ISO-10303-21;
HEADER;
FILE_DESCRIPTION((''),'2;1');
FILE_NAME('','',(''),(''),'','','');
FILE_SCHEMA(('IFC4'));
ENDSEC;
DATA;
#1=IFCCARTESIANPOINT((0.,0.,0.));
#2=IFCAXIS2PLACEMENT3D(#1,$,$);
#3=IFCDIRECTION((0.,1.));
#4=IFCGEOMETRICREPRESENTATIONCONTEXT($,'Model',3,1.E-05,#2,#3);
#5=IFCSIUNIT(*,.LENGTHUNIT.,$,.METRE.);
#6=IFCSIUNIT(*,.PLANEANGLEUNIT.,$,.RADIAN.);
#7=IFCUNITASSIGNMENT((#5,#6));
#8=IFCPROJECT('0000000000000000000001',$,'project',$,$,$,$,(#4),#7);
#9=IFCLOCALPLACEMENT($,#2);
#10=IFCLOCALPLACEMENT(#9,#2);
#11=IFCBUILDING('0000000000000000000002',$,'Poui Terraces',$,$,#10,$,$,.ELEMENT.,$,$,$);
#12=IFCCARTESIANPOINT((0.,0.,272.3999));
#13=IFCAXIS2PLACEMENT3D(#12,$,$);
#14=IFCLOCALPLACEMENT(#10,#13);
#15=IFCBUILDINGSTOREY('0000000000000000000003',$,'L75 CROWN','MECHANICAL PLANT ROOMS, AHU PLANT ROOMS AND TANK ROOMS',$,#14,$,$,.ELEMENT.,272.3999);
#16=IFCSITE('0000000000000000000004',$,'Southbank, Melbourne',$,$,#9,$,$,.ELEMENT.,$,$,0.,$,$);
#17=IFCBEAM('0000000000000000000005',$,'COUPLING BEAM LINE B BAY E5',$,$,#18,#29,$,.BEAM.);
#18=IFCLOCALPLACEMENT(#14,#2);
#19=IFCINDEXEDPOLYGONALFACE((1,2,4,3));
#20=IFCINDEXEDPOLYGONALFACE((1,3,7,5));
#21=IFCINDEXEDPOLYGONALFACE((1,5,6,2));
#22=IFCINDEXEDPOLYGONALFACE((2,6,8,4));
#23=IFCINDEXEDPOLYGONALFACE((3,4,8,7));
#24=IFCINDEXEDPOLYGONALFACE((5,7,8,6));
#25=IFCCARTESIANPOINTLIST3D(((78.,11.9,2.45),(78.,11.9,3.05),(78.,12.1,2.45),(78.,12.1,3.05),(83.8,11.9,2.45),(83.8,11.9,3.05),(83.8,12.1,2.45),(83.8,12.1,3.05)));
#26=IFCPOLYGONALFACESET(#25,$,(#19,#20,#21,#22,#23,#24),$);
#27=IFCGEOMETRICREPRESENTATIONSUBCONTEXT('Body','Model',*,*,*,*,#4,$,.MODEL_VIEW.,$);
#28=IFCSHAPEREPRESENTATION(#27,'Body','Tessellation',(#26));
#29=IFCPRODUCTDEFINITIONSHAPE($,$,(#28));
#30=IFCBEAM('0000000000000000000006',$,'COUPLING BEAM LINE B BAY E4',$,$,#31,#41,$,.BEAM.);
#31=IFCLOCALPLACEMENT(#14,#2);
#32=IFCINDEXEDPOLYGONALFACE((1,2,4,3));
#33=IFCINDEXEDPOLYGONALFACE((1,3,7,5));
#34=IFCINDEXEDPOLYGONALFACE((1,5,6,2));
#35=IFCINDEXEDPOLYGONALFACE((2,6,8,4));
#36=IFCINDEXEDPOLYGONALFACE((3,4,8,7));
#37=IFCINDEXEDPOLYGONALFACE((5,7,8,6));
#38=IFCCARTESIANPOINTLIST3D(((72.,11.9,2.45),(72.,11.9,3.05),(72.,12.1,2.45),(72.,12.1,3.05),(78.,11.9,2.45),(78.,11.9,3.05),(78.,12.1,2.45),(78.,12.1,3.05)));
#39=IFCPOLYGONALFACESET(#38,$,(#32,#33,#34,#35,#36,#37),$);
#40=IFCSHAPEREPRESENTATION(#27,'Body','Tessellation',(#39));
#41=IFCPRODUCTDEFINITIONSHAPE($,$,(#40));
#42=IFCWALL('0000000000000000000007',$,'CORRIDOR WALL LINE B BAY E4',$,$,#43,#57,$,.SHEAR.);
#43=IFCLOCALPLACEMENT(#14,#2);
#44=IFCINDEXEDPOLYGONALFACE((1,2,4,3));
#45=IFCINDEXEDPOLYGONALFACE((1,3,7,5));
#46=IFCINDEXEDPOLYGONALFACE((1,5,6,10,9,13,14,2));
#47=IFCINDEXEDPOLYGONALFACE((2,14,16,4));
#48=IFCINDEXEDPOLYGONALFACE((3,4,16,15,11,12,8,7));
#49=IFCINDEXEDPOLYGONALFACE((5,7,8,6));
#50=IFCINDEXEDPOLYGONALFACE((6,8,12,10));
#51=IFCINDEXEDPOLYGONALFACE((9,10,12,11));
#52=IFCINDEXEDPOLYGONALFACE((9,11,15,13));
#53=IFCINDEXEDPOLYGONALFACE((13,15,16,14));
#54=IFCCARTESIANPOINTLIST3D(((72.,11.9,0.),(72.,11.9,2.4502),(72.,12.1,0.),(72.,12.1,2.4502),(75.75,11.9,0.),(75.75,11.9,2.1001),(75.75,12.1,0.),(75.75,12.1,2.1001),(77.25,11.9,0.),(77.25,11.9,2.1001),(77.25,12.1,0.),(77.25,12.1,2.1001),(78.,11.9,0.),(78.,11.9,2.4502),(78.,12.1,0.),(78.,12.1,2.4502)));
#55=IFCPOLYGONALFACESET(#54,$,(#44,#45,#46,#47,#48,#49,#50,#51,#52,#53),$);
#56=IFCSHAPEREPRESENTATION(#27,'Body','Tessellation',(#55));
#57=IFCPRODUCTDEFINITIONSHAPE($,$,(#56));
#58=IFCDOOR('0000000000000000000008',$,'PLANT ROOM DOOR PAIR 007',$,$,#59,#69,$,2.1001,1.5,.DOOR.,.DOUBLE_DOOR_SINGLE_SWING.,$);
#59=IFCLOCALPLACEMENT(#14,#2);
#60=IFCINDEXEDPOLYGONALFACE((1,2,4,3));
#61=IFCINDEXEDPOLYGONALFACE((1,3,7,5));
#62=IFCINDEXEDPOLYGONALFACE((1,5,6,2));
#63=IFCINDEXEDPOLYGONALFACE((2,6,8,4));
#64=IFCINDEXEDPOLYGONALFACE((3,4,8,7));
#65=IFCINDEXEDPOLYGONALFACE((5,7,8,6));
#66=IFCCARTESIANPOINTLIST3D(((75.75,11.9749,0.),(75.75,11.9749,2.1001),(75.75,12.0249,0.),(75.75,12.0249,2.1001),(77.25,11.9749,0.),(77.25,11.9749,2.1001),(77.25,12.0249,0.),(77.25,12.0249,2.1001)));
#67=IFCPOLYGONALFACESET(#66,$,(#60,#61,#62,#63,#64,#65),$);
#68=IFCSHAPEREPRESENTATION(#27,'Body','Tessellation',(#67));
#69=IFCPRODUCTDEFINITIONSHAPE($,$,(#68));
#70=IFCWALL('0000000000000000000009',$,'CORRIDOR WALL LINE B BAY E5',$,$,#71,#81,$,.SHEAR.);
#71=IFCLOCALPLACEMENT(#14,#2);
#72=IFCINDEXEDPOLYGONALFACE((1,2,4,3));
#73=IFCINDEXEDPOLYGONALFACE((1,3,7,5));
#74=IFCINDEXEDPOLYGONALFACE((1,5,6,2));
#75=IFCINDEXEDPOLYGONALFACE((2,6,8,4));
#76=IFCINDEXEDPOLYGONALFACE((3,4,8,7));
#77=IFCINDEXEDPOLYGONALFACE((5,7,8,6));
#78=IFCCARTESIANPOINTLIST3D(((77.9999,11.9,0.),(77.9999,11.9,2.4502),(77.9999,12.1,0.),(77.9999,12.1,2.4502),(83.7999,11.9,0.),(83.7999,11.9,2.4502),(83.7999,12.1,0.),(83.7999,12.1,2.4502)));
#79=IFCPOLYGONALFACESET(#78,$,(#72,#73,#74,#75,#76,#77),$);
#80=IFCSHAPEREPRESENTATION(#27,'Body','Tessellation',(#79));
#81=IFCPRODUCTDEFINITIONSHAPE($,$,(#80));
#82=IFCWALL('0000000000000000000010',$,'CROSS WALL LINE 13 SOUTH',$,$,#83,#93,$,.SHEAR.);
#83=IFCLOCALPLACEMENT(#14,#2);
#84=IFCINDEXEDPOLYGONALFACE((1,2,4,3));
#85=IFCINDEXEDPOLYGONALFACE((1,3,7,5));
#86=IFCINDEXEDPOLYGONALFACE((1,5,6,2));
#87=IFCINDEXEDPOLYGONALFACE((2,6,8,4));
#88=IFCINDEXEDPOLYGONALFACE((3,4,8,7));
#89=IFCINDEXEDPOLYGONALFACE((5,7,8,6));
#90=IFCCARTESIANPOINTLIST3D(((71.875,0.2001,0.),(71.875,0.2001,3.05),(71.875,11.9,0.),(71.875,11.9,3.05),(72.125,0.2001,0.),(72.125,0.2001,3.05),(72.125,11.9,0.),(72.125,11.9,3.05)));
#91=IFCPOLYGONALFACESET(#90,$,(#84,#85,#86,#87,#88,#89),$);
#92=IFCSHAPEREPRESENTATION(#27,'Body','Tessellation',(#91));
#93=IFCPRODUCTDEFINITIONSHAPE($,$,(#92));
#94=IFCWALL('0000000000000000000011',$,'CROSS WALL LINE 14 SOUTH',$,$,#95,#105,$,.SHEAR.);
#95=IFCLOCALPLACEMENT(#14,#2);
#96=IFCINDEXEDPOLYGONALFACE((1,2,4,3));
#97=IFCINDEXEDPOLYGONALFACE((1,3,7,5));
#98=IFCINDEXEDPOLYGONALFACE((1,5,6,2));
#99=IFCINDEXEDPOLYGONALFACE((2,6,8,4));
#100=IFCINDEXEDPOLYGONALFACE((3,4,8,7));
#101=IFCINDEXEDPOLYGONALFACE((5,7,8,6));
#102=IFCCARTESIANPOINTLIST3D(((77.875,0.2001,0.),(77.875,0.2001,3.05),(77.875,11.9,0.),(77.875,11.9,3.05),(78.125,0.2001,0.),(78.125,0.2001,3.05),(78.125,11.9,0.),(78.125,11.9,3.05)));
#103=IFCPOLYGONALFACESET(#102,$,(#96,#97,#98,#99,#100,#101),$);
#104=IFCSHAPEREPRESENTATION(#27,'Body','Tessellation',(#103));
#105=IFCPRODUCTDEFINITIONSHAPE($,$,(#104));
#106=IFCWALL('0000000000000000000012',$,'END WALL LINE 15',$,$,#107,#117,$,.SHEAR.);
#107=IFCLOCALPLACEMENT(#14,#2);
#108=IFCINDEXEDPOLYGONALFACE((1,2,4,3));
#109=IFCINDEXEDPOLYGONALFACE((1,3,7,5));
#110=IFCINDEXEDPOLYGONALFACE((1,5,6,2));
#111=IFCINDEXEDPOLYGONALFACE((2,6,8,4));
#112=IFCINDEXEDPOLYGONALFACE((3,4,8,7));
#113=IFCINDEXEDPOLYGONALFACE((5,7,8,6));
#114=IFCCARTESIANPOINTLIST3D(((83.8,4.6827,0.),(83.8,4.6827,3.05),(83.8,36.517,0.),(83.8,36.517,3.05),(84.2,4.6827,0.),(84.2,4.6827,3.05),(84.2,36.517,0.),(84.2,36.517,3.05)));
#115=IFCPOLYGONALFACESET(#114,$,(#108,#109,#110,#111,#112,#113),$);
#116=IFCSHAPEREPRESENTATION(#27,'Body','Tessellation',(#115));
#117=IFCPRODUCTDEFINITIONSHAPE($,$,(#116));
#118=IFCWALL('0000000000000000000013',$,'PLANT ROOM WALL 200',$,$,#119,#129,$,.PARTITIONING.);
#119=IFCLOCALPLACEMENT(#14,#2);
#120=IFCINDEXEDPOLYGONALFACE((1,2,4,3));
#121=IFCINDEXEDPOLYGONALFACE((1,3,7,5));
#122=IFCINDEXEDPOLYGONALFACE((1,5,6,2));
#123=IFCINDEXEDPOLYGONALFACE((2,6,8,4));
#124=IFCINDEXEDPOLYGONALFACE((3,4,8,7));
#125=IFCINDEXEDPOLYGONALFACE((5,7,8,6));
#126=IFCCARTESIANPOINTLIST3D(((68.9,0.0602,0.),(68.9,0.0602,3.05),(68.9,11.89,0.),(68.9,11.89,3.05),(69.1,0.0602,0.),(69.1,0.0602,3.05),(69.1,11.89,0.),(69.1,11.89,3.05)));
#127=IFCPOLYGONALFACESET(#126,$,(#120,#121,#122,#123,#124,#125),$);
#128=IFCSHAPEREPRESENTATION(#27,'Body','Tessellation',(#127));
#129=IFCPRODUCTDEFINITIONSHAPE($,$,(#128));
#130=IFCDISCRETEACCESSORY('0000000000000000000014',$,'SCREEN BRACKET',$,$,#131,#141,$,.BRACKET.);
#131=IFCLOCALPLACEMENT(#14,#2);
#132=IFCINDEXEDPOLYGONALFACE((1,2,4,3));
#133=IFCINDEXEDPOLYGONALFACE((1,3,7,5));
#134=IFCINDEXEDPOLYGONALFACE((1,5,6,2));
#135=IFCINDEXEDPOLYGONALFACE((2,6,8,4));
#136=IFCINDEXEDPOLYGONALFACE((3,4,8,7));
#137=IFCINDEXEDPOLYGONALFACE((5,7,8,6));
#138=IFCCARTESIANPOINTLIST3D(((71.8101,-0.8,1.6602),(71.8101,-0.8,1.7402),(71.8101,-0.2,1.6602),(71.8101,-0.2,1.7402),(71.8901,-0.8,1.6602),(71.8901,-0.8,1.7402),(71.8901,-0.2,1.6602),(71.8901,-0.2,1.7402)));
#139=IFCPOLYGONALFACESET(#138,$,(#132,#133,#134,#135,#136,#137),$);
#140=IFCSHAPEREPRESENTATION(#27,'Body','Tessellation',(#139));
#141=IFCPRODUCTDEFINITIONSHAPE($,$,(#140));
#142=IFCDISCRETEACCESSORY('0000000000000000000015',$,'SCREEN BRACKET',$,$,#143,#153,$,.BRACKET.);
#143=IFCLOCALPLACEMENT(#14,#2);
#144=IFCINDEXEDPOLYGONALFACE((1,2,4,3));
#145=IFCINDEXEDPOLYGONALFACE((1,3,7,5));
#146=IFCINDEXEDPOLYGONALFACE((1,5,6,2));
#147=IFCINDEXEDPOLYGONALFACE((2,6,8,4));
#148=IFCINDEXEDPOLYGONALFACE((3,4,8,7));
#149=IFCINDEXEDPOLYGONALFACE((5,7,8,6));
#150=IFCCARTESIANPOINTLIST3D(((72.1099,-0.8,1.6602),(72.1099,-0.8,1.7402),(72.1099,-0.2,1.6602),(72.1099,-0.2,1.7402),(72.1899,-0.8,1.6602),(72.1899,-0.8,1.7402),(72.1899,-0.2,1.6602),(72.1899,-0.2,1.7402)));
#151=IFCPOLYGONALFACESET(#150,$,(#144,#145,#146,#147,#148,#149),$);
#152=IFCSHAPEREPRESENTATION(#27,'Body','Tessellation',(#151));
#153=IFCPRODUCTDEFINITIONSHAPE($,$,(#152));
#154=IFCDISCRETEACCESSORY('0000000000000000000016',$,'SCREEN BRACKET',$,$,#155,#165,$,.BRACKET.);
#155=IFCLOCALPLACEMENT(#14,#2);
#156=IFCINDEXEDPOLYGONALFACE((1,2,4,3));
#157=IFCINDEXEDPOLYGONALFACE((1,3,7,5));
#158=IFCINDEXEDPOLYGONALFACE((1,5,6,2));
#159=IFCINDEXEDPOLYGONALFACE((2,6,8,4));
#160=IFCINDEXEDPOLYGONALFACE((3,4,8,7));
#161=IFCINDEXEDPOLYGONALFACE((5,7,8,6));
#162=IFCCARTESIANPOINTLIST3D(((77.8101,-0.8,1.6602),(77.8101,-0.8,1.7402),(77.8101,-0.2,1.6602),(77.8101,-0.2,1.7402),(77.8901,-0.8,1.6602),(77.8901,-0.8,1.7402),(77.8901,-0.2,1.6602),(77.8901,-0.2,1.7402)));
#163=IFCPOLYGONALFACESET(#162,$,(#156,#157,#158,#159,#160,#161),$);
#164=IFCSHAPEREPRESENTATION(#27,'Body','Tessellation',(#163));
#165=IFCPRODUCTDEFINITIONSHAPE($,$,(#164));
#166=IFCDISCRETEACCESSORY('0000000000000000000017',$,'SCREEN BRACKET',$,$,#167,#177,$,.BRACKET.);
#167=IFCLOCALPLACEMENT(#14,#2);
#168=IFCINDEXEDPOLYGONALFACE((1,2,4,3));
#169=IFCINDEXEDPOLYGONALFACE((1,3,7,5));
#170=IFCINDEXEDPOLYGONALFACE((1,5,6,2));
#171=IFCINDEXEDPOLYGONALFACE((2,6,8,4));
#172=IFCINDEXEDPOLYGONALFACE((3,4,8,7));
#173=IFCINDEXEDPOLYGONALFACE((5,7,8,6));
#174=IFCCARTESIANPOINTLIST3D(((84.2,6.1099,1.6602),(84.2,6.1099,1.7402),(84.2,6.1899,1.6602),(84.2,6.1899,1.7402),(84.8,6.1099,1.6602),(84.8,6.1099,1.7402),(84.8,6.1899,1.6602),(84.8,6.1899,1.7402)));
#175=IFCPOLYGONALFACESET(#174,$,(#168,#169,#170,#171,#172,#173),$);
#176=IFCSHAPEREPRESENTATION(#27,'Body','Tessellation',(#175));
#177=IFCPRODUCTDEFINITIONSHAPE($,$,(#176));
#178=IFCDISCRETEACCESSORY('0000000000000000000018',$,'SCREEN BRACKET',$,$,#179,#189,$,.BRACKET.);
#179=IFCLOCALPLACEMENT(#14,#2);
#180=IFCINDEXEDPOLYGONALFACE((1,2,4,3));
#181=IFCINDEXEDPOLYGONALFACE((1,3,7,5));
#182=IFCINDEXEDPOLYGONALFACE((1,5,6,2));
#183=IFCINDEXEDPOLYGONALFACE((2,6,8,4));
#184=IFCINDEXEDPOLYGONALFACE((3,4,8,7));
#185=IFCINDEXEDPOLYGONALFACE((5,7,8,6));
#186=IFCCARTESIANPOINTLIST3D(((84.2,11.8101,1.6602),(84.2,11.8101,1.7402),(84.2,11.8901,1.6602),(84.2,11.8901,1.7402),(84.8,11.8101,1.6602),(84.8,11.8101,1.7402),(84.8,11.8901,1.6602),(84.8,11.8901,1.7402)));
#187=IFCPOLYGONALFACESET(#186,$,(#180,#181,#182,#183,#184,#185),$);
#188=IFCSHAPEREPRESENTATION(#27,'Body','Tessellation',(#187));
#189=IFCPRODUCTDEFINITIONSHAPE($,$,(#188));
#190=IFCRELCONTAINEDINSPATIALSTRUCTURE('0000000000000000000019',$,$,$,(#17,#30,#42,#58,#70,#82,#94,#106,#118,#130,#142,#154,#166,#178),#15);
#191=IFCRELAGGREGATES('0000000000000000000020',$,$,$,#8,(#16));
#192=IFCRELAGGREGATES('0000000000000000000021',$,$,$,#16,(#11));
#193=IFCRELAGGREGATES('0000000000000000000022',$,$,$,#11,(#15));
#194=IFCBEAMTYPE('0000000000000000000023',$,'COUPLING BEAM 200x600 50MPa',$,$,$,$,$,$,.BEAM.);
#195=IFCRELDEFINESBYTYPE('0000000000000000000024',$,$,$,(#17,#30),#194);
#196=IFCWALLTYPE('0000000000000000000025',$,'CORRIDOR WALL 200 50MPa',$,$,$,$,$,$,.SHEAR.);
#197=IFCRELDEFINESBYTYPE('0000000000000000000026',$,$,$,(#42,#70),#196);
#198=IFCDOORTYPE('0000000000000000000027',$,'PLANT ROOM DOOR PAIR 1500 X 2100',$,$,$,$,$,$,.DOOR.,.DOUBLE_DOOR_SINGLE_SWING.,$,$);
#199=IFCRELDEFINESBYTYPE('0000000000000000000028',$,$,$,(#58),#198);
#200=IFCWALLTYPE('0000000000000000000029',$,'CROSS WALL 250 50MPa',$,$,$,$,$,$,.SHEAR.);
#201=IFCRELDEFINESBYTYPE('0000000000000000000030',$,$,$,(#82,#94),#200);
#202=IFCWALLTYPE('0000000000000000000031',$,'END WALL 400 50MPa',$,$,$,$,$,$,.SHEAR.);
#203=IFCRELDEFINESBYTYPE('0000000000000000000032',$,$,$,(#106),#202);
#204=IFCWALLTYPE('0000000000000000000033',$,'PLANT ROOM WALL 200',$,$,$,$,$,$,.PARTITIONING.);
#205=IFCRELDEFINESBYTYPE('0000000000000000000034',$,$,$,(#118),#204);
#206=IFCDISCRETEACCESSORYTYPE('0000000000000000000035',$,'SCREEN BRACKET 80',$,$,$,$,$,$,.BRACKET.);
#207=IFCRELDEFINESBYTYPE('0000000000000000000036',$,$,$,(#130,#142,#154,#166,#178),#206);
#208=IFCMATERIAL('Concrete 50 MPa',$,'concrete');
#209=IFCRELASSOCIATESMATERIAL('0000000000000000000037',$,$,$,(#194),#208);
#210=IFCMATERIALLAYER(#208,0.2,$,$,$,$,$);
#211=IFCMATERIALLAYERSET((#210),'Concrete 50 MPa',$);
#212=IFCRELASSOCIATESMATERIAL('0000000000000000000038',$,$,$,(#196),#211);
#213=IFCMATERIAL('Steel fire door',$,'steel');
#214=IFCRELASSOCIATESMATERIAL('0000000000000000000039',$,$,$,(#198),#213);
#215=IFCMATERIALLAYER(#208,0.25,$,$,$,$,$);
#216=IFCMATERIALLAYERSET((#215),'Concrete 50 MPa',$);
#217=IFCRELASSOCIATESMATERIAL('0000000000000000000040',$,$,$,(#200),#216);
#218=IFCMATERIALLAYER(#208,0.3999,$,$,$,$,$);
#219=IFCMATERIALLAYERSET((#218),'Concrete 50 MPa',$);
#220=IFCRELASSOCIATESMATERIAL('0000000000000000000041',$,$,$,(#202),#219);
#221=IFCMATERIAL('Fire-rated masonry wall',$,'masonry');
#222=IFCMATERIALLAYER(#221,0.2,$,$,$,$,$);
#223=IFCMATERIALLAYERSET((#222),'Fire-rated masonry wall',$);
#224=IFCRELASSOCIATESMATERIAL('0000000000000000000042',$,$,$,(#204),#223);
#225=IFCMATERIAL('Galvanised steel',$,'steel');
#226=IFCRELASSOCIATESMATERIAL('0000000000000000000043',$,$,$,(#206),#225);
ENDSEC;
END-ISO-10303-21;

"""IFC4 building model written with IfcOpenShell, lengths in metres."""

from ifc_helpers import new_model, si_unit, direction, frame, frame_2d, origin, origin_2d, place, context, subcontext, project, spatial, rectangle, extrude, source, transform, mapped, material, layer, layer_set, material_profile, profile_set, type_object, element, fill, save


model = new_model("IFC4")

# Units and contexts
model_context = context("Model", 3, precision=1e-05, world=origin(), true_north=direction((0.0, 1.0)))
body_context = subcontext(model_context, "Body", "Model", "MODEL_VIEW")
ifc_project = project(units=[si_unit("LENGTHUNIT", "METRE"), si_unit("PLANEANGLEUNIT", "RADIAN")], contexts=[model_context])

# Site, building, storey
site_placement = place(None, origin())
site = spatial("IfcSite", under=ifc_project, at=site_placement, Name="Southbank, Melbourne", CompositionType="ELEMENT", RefElevation=0.0)
building_placement = place(site_placement, origin())
building = spatial("IfcBuilding", under=site, at=building_placement, Name="Poui Terraces", CompositionType="ELEMENT")
storey_placement = place(building_placement, frame((0.0, 0.0, 272.3999)))
storey = spatial("IfcBuildingStorey", under=building, at=storey_placement, Name="L75 CROWN", Description="MECHANICAL PLANT ROOMS, AHU PLANT ROOMS AND TANK ROOMS", CompositionType="ELEMENT", Elevation=272.3999)

# Beams
ifc_material_1 = material(Name="Concrete 50 MPa", Category="concrete")
ifc_material_profile_1 = material_profile(ifc_material_1, rectangle(XDim=0.2, YDim=0.6001, at=origin_2d()), Name="RC 200x600")
ifc_profile_set_1 = profile_set([ifc_material_profile_1], Name="Concrete 50 MPa")
beam_type = type_object("IfcBeamType", Name="COUPLING BEAM 200x600 50MPa", PredefinedType="BEAM", material=ifc_profile_set_1)
shared_shape_1 = source(origin(), body_context, "Body", "SweptSolid", [
    extrude(rectangle(XDim=0.2, YDim=0.6001, at=origin_2d()), origin(), (0.0, 0.0, 1.0), 5.8),
])
beam_1_placement = place(storey_placement, frame((78.0, 12.0, 2.75), z_axis=(1.0, 0.0, 0.0), x_axis=(0.0, 1.0, 0.0)))
element("IfcBeam", 1, at=beam_1_placement, inside=storey, type_object=beam_type, Name="COUPLING BEAM LINE B BAY E5", PredefinedType="BEAM", context=body_context, shape_type="MappedRepresentation", body=[
    mapped(shared_shape_1, transform((0.0, 0.0, 0.0))),
])
shared_shape_2 = source(origin(), body_context, "Body", "SweptSolid", [
    extrude(rectangle(XDim=0.2, YDim=0.6001, at=origin_2d()), origin(), (0.0, 0.0, 1.0), 6.0),
])
beam_2_placement = place(storey_placement, frame((72.0, 12.0, 2.75), z_axis=(1.0, 0.0, 0.0), x_axis=(0.0, 1.0, 0.0)))
element("IfcBeam", 2, at=beam_2_placement, inside=storey, type_object=beam_type, Name="COUPLING BEAM LINE B BAY E4", PredefinedType="BEAM", context=body_context, shape_type="MappedRepresentation", body=[
    mapped(shared_shape_2, transform((0.0, 0.0, 0.0))),
])

# Wall, opening, door
ifc_layer_1 = layer(ifc_material_1, 0.2)
ifc_layer_set_1 = layer_set([ifc_layer_1], Name="Concrete 50 MPa")
wall_type_1 = type_object("IfcWallType", Name="CORRIDOR WALL 200 50MPa", PredefinedType="SHEAR", material=ifc_layer_set_1)
wall_1_placement = place(storey_placement, frame((72.0, 12.0, 0.0), z_axis=(0.0, 0.0, 1.0), x_axis=(1.0, 0.0, 0.0)))
wall_1 = element("IfcWall", 3, at=wall_1_placement, inside=storey, type_object=wall_type_1, Name="CORRIDOR WALL LINE B BAY E4", PredefinedType="SHEAR", context=body_context, shape_type="SweptSolid", body=[
    extrude(rectangle(XDim=6.0, YDim=0.2, at=frame_2d((3.0, 0.0))), origin(), (0.0, 0.0, 1.0), 2.4502),
])
opening_placement = place(wall_1_placement, frame((3.75, 0.0, 0.0)))
opening = element("IfcOpeningElement", 4, at=opening_placement, cuts=wall_1, PredefinedType="OPENING", context=body_context, shape_type="SweptSolid", body=[
    extrude(rectangle(XDim=1.5, YDim=2.1001, at=frame_2d((0.75, 1.05))), frame((0.0, 0.1099, 0.0), z_axis=(0.0, -1.0, 0.0), x_axis=(1.0, 0.0, 0.0)), (0.0, 0.0, 1.0), 0.22),
])
ifc_material_2 = material(Name="Steel fire door", Category="steel")
door_type = type_object("IfcDoorType", Name="PLANT ROOM DOOR PAIR 1500 X 2100", OperationType="DOUBLE_DOOR_SINGLE_SWING", PredefinedType="DOOR", material=ifc_material_2)
door_placement = place(opening_placement, origin())
door = element("IfcDoor", 5, at=door_placement, inside=storey, type_object=door_type, Name="PLANT ROOM DOOR PAIR 007", OperationType="DOUBLE_DOOR_SINGLE_SWING", OverallHeight=2.1001, OverallWidth=1.5, PredefinedType="DOOR", context=body_context, shape_type="SweptSolid", body=[
    extrude(rectangle(XDim=1.5, YDim=2.1001, at=frame_2d((0.75, 1.05))), frame((0.0, 0.0249, 0.0), z_axis=(0.0, -1.0, 0.0), x_axis=(1.0, 0.0, 0.0)), (0.0, 0.0, 1.0), 0.05),
])
fill(opening, door)

# Walls
wall_2_placement = place(storey_placement, frame((78.0, 12.0, 0.0), z_axis=(0.0, 0.0, 1.0), x_axis=(1.0, 0.0, 0.0)))
element("IfcWall", 6, at=wall_2_placement, inside=storey, type_object=wall_type_1, Name="CORRIDOR WALL LINE B BAY E5", PredefinedType="SHEAR", context=body_context, shape_type="SweptSolid", body=[
    extrude(rectangle(XDim=5.8, YDim=0.2, at=frame_2d((2.8999, 0.0))), origin(), (0.0, 0.0, 1.0), 2.4502),
])
ifc_layer_2 = layer(ifc_material_1, 0.25)
ifc_layer_set_2 = layer_set([ifc_layer_2], Name="Concrete 50 MPa")
wall_type_2 = type_object("IfcWallType", Name="CROSS WALL 250 50MPa", PredefinedType="SHEAR", material=ifc_layer_set_2)
for number, where, z_axis, x_axis, name in (
    (7, (72.0, 0.2, 0.0), (0.0, 0.0, 1.0), (0.0, 1.0, 0.0), "CROSS WALL LINE 13 SOUTH"),
    (8, (78.0, 0.2, 0.0), (0.0, 0.0, 1.0), (0.0, 1.0, 0.0), "CROSS WALL LINE 14 SOUTH"),
):
    element("IfcWall", number, at=place(storey_placement, frame(where, z_axis=z_axis, x_axis=x_axis)), inside=storey, type_object=wall_type_2, Name=name, PredefinedType="SHEAR", context=body_context, shape_type="SweptSolid", body=[
        extrude(rectangle(XDim=11.7, YDim=0.25, at=frame_2d((5.8501, 0.0))), origin(), (0.0, 0.0, 1.0), 3.05),
    ])
ifc_layer_3 = layer(ifc_material_1, 0.3999)
ifc_layer_set_3 = layer_set([ifc_layer_3], Name="Concrete 50 MPa")
wall_type_3 = type_object("IfcWallType", Name="END WALL 400 50MPa", PredefinedType="SHEAR", material=ifc_layer_set_3)
wall_3_placement = place(storey_placement, frame((84.0, 4.6829, 0.0), z_axis=(0.0, 0.0, 1.0), x_axis=(0.0, 1.0, 0.0)))
element("IfcWall", 9, at=wall_3_placement, inside=storey, type_object=wall_type_3, Name="END WALL LINE 15", PredefinedType="SHEAR", context=body_context, shape_type="SweptSolid", body=[
    extrude(rectangle(XDim=31.8342, YDim=0.3999, at=frame_2d((15.917, 0.0))), origin(), (0.0, 0.0, 1.0), 3.05),
])
ifc_material_3 = material(Name="Fire-rated masonry wall", Category="masonry")
ifc_layer_4 = layer(ifc_material_3, 0.2)
ifc_layer_set_4 = layer_set([ifc_layer_4], Name="Fire-rated masonry wall")
wall_type_4 = type_object("IfcWallType", Name="PLANT ROOM WALL 200", PredefinedType="PARTITIONING", material=ifc_layer_set_4)
wall_4_placement = place(storey_placement, frame((69.0, 0.0601, 0.0), z_axis=(0.0, 0.0, 1.0), x_axis=(0.0, 1.0, 0.0)))
element("IfcWall", 10, at=wall_4_placement, inside=storey, type_object=wall_type_4, Name="PLANT ROOM WALL 200", PredefinedType="PARTITIONING", context=body_context, shape_type="SweptSolid", body=[
    extrude(rectangle(XDim=11.8298, YDim=0.2, at=frame_2d((5.915, 0.0))), origin(), (0.0, 0.0, 1.0), 3.05),
])

# Discrete accessories
ifc_material_4 = material(Name="Galvanised steel", Category="steel")
ifc_material_profile_2 = material_profile(ifc_material_4, rectangle(XDim=0.0801, YDim=0.0801, at=origin_2d()), Name="SCREEN BRACKET 80")
ifc_profile_set_2 = profile_set([ifc_material_profile_2], Name="Galvanised steel")
discrete_accessory_type = type_object("IfcDiscreteAccessoryType", Name="SCREEN BRACKET 80", PredefinedType="BRACKET", material=ifc_profile_set_2)
shared_shape_3 = source(origin(), body_context, "Body", "SweptSolid", [
    extrude(rectangle(XDim=0.0801, YDim=0.0801, at=origin_2d()), origin(), (0.0, 0.0, 1.0), 0.6001),
])
for number, where, z_axis, x_axis, name in (
    (11, (71.8501, -0.2, 1.7002), (0.0, -1.0, 0.0), (1.0, 0.0, 0.0), "SCREEN BRACKET"),
    (12, (72.1499, -0.2, 1.7002), (0.0, -1.0, 0.0), (1.0, 0.0, 0.0), "SCREEN BRACKET"),
    (13, (77.8501, -0.2, 1.7002), (0.0, -1.0, 0.0), (1.0, 0.0, 0.0), "SCREEN BRACKET"),
    (14, (84.2, 6.1499, 1.7002), (1.0, 0.0, 0.0), (0.0, 1.0, 0.0), "SCREEN BRACKET"),
    (15, (84.2, 11.8501, 1.7002), (1.0, 0.0, 0.0), (0.0, 1.0, 0.0), "SCREEN BRACKET"),
):
    element("IfcDiscreteAccessory", number, at=place(storey_placement, frame(where, z_axis=z_axis, x_axis=x_axis)), inside=storey, type_object=discrete_accessory_type, Name=name, PredefinedType="BRACKET", context=body_context, shape_type="MappedRepresentation", body=[
        mapped(shared_shape_3, transform((0.0, 0.0, 0.0))),
    ])

save(model, "model.ifc")
